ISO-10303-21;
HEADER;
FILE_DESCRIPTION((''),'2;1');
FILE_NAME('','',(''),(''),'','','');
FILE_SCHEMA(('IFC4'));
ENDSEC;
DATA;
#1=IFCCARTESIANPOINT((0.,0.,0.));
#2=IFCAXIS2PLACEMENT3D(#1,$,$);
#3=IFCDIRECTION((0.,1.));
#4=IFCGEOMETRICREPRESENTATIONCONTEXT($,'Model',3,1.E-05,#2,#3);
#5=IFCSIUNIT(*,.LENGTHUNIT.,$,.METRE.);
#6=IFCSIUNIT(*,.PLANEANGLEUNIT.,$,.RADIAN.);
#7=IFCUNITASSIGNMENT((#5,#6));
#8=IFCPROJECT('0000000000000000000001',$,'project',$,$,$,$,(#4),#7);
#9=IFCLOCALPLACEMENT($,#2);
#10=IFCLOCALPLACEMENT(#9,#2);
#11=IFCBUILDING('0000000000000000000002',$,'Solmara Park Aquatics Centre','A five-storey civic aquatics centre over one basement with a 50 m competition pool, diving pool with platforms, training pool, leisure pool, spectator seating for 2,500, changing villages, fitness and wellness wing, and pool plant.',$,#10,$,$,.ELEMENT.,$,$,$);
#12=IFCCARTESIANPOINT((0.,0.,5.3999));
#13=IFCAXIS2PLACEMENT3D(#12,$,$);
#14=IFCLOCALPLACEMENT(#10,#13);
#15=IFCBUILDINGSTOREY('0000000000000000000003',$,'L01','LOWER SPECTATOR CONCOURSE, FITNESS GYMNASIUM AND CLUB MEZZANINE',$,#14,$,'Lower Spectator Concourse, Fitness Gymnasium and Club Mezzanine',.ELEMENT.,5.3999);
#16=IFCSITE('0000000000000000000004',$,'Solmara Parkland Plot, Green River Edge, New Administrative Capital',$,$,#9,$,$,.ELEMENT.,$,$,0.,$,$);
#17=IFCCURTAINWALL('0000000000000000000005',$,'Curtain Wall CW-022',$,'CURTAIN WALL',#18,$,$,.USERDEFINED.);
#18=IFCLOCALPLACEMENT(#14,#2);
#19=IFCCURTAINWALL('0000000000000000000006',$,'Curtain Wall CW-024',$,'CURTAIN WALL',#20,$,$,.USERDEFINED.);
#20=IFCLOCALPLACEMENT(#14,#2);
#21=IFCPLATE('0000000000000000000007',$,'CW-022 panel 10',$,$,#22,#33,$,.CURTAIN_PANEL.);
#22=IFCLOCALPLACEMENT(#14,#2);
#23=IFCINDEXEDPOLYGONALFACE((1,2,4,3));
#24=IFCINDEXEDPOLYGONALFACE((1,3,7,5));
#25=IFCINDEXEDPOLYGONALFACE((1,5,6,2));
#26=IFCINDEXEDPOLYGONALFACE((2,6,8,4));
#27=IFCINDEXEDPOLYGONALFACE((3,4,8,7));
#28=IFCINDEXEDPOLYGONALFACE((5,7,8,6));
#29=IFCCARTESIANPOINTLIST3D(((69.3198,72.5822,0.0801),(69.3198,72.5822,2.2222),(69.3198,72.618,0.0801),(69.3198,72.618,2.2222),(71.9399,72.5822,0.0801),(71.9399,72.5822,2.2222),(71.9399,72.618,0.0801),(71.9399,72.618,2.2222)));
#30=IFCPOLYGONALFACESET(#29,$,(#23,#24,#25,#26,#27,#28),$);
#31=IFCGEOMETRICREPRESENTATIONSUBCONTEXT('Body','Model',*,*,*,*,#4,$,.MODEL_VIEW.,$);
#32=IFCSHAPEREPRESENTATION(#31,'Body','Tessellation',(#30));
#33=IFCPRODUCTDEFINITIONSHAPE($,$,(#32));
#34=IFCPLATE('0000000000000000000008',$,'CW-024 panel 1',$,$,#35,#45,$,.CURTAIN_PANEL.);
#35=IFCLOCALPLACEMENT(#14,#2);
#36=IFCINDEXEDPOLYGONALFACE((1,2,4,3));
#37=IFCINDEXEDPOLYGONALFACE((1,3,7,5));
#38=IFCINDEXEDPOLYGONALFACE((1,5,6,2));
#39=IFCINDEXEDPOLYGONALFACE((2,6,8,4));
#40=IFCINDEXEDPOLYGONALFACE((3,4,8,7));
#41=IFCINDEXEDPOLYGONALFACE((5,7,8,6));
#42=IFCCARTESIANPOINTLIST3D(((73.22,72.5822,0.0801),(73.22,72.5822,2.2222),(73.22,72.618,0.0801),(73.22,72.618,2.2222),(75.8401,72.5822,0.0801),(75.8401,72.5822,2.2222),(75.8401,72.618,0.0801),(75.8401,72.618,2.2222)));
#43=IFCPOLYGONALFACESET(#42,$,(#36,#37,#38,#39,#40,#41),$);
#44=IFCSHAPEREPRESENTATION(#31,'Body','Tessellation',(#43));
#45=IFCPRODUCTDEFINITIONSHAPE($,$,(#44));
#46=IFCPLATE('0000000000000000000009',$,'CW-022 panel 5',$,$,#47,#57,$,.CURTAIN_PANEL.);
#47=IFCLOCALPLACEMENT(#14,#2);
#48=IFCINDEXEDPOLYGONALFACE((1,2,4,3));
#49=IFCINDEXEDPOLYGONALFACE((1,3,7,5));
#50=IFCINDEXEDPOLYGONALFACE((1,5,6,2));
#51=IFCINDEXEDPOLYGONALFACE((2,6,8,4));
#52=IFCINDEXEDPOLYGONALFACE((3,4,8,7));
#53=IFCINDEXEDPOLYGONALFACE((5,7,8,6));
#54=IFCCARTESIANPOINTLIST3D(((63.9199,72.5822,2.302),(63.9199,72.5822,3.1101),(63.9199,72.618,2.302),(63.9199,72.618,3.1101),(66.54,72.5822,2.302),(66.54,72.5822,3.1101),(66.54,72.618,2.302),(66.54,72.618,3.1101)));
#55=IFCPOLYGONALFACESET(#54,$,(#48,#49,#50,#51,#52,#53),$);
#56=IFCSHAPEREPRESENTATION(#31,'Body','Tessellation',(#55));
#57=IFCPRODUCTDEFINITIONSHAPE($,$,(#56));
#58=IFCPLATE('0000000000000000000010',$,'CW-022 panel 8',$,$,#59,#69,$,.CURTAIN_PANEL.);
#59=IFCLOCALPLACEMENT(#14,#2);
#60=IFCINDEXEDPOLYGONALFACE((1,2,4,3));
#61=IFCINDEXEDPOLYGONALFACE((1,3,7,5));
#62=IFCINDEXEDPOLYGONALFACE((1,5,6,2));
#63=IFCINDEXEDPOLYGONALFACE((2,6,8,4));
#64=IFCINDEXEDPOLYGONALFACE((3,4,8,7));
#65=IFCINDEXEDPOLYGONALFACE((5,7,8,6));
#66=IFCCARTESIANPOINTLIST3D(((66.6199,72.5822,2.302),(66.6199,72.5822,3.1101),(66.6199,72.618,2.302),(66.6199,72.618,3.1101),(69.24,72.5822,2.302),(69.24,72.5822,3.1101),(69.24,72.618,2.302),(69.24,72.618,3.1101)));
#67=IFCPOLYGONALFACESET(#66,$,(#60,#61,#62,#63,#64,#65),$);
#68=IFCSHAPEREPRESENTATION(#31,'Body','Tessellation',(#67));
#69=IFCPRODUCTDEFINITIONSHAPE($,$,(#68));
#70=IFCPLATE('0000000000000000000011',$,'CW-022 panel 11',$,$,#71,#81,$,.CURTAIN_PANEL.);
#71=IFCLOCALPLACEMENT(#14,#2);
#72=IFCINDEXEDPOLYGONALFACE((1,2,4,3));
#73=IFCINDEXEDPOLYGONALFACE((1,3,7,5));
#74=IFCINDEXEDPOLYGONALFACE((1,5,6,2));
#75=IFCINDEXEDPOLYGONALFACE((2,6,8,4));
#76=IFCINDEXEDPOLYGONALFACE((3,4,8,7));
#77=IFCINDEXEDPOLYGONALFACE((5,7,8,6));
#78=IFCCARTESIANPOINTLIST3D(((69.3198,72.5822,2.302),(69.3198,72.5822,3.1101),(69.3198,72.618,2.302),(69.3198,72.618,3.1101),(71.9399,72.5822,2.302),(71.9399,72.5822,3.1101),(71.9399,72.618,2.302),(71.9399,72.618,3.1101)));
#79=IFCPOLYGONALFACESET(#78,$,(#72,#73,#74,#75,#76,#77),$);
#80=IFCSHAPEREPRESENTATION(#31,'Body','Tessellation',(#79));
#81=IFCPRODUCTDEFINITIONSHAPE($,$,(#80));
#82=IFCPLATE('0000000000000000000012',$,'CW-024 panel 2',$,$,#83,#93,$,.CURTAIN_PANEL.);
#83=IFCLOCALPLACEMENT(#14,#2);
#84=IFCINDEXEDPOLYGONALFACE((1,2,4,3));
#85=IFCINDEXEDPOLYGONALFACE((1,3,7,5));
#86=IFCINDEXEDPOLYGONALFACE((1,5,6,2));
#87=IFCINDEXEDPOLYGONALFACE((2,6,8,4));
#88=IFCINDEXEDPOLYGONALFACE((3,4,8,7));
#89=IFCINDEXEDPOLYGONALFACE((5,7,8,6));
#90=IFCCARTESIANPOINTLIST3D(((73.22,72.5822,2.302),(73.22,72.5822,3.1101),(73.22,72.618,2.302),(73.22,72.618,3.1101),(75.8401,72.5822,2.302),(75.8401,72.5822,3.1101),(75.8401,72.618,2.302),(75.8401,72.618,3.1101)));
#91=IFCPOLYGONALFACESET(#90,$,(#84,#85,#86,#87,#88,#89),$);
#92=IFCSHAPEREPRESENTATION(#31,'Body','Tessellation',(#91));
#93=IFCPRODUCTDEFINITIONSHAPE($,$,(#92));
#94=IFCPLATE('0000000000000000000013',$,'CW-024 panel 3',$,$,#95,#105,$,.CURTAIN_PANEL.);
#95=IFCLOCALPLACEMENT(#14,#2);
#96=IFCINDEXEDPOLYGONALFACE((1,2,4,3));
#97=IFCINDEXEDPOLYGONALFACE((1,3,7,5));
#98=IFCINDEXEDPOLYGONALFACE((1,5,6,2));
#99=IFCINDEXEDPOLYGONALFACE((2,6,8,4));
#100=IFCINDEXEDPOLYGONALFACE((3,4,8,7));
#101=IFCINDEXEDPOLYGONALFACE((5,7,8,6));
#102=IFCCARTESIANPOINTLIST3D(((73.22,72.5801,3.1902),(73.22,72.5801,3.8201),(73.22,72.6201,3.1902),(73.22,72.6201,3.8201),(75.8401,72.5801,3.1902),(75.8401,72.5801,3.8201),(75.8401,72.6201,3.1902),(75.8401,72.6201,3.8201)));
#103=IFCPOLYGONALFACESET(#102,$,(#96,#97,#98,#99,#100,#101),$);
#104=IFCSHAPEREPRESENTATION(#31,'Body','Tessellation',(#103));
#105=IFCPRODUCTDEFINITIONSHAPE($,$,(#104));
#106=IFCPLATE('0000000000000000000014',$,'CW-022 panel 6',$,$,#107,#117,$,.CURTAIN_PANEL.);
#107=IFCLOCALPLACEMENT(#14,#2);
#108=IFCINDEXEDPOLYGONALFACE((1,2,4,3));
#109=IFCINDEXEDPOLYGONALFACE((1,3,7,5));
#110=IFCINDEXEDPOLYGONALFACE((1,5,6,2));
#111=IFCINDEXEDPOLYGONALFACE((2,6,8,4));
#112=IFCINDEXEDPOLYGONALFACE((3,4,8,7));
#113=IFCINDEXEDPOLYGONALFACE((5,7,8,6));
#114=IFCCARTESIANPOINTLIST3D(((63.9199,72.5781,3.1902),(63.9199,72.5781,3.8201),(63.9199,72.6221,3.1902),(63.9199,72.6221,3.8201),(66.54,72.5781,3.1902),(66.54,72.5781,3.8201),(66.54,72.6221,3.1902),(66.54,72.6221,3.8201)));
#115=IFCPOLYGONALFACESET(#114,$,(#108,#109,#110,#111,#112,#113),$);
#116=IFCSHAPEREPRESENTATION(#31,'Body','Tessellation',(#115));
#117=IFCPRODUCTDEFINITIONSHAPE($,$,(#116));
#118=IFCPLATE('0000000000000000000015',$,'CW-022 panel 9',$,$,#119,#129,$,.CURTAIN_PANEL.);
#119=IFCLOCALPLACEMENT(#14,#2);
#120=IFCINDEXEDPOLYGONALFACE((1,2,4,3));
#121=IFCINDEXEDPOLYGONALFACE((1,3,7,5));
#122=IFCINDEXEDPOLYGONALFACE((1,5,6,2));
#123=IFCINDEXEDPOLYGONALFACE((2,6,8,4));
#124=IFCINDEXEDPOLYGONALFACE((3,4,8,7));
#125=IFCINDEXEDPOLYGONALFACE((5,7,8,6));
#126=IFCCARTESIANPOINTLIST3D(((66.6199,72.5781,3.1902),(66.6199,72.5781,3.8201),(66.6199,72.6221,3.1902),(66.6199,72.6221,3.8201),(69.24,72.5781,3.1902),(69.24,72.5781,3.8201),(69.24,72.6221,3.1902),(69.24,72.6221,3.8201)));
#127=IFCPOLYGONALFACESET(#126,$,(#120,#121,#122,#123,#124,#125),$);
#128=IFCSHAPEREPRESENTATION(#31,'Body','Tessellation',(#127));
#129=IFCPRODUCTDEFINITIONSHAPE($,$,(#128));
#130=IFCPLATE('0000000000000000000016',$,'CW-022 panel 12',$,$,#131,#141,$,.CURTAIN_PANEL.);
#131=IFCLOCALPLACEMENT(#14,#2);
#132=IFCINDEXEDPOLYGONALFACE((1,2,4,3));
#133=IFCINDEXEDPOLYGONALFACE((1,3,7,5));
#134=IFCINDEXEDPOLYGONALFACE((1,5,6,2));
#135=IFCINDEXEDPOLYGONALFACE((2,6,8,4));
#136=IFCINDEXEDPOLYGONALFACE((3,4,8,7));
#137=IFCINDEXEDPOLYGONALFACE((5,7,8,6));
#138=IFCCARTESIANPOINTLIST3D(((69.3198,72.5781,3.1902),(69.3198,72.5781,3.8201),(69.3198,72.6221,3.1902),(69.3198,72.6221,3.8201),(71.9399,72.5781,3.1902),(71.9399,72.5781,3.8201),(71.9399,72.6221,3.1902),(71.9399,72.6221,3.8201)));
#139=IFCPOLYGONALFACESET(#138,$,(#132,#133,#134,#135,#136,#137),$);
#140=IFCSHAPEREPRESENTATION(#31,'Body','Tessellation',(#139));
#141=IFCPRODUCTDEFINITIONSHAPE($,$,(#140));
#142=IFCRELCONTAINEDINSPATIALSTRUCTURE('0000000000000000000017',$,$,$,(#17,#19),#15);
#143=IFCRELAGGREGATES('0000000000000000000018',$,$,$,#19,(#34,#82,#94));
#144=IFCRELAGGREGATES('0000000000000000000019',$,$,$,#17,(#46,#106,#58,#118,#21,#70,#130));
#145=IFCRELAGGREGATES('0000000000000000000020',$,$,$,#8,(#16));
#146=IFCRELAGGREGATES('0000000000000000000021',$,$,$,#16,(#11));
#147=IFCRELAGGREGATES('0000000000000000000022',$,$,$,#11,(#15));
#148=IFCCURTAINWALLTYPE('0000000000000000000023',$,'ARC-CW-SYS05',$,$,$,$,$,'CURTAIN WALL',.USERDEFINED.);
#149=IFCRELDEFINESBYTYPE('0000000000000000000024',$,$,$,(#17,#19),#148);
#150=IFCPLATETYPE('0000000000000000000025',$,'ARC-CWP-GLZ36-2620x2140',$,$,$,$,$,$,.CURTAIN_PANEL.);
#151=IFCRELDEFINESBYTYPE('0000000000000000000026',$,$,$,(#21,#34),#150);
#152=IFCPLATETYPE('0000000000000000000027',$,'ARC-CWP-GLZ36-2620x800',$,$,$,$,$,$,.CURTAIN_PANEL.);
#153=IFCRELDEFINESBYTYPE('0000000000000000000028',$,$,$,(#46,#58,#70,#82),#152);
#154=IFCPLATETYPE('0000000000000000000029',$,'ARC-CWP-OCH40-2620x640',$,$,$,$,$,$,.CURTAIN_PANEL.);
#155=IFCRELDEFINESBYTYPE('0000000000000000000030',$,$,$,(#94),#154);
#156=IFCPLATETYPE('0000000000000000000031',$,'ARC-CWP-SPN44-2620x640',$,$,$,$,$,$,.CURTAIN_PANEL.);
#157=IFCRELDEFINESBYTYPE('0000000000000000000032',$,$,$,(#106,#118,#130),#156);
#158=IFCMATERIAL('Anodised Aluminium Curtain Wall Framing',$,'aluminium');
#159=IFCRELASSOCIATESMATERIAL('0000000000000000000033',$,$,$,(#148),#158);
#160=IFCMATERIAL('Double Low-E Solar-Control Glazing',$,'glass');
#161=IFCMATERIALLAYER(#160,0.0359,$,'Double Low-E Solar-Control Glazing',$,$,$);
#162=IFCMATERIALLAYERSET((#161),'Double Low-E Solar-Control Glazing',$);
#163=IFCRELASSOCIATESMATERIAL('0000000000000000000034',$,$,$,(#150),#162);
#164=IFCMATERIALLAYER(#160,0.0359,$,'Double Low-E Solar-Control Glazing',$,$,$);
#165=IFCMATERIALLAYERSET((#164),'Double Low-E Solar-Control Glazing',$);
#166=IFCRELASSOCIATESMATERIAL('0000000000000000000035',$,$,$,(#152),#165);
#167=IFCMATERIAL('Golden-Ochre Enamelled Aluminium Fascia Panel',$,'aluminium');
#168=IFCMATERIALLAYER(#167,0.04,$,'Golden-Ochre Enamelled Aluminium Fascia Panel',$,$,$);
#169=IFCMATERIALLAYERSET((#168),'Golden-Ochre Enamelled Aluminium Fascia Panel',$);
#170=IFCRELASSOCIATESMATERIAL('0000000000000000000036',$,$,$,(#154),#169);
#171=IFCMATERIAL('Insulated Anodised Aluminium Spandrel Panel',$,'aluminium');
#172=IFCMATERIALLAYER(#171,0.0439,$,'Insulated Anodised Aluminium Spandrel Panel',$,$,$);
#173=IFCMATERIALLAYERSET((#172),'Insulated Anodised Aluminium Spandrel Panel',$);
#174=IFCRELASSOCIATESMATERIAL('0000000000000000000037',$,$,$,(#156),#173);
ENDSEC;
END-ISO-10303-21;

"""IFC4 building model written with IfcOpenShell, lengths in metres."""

from ifc_helpers import new_model, si_unit, direction, frame, origin, origin_2d, place, context, subcontext, project, spatial, rectangle, extrude, material, layer, layer_set, type_object, element, aggregate, save


model = new_model("IFC4")

# Units and contexts
model_context = context("Model", 3, precision=1e-05, world=origin(), true_north=direction((0.0, 1.0)))
body_context = subcontext(model_context, "Body", "Model", "MODEL_VIEW")
ifc_project = project(units=[si_unit("LENGTHUNIT", "METRE"), si_unit("PLANEANGLEUNIT", "RADIAN")], contexts=[model_context])

# Site, building, storey
site_placement = place(None, origin())
site = spatial("IfcSite", under=ifc_project, at=site_placement, Name="Solmara Parkland Plot, Green River Edge, New Administrative Capital", CompositionType="ELEMENT", RefElevation=0.0)
building_placement = place(site_placement, origin())
building = spatial("IfcBuilding", under=site, at=building_placement, Name="Solmara Park Aquatics Centre", Description="A five-storey civic aquatics centre over one basement with a 50 m competition pool, diving pool with platforms, training pool, leisure pool, spectator seating for 2,500, changing villages, fitness and wellness wing, and pool plant.", CompositionType="ELEMENT")
storey_placement = place(building_placement, frame((0.0, 0.0, 5.3999)))
storey = spatial("IfcBuildingStorey", under=building, at=storey_placement, Name="L01", Description="LOWER SPECTATOR CONCOURSE, FITNESS GYMNASIUM AND CLUB MEZZANINE", LongName="Lower Spectator Concourse, Fitness Gymnasium and Club Mezzanine", CompositionType="ELEMENT", Elevation=5.3999)

# Curtain wall
ifc_material_1 = material(Name="Anodised Aluminium Curtain Wall Framing", Category="aluminium")
curtain_wall_type = type_object("IfcCurtainWallType", Name="ARC-CW-SYS05", ElementType="CURTAIN WALL", PredefinedType="USERDEFINED", material=ifc_material_1)
curtain_wall_1_placement = place(storey_placement, origin())
curtain_wall_1 = element("IfcCurtainWall", 1, at=curtain_wall_1_placement, inside=storey, type_object=curtain_wall_type, Name="Curtain Wall CW-022", ObjectType="CURTAIN WALL", PredefinedType="USERDEFINED")

# Curtain wall
curtain_wall_2_placement = place(storey_placement, origin())
curtain_wall_2 = element("IfcCurtainWall", 2, at=curtain_wall_2_placement, inside=storey, type_object=curtain_wall_type, Name="Curtain Wall CW-024", ObjectType="CURTAIN WALL", PredefinedType="USERDEFINED")

# Plates
ifc_material_2 = material(Name="Double Low-E Solar-Control Glazing", Category="glass")
ifc_layer_1 = layer(ifc_material_2, 0.0359, Name="Double Low-E Solar-Control Glazing")
ifc_layer_set_1 = layer_set([ifc_layer_1], Name="Double Low-E Solar-Control Glazing")
plate_type_1 = type_object("IfcPlateType", Name="ARC-CWP-GLZ36-2620x2140", PredefinedType="CURTAIN_PANEL", material=ifc_layer_set_1)
plate_1_placement = place(storey_placement, frame((70.6299, 72.6001, 0.0801), z_axis=(0.0, 0.0, 1.0), x_axis=(1.0, 0.0, 0.0)))
plate_1 = element("IfcPlate", 3, at=plate_1_placement, type_object=plate_type_1, Name="CW-022 panel 10", PredefinedType="CURTAIN_PANEL", context=body_context, shape_type="SweptSolid", body=[
    extrude(rectangle(XDim=2.6201, YDim=0.0359, at=origin_2d()), origin(), (0.0, 0.0, 1.0), 2.1421),
])
plate_2_placement = place(storey_placement, frame((74.53, 72.6001, 0.0801), z_axis=(0.0, 0.0, 1.0), x_axis=(1.0, 0.0, 0.0)))
plate_2 = element("IfcPlate", 4, at=plate_2_placement, type_object=plate_type_1, Name="CW-024 panel 1", PredefinedType="CURTAIN_PANEL", context=body_context, shape_type="SweptSolid", body=[
    extrude(rectangle(XDim=2.6201, YDim=0.0359, at=origin_2d()), origin(), (0.0, 0.0, 1.0), 2.1421),
])
ifc_layer_2 = layer(ifc_material_2, 0.0359, Name="Double Low-E Solar-Control Glazing")
ifc_layer_set_2 = layer_set([ifc_layer_2], Name="Double Low-E Solar-Control Glazing")
plate_type_2 = type_object("IfcPlateType", Name="ARC-CWP-GLZ36-2620x800", PredefinedType="CURTAIN_PANEL", material=ifc_layer_set_2)
plate_3_placement = place(storey_placement, frame((65.23, 72.6001, 2.302), z_axis=(0.0, 0.0, 1.0), x_axis=(1.0, 0.0, 0.0)))
plate_3 = element("IfcPlate", 5, at=plate_3_placement, type_object=plate_type_2, Name="CW-022 panel 5", PredefinedType="CURTAIN_PANEL", context=body_context, shape_type="SweptSolid", body=[
    extrude(rectangle(XDim=2.6201, YDim=0.0359, at=origin_2d()), origin(), (0.0, 0.0, 1.0), 0.8081),
])
plate_4_placement = place(storey_placement, frame((67.9299, 72.6001, 2.302), z_axis=(0.0, 0.0, 1.0), x_axis=(1.0, 0.0, 0.0)))
plate_4 = element("IfcPlate", 6, at=plate_4_placement, type_object=plate_type_2, Name="CW-022 panel 8", PredefinedType="CURTAIN_PANEL", context=body_context, shape_type="SweptSolid", body=[
    extrude(rectangle(XDim=2.6201, YDim=0.0359, at=origin_2d()), origin(), (0.0, 0.0, 1.0), 0.8081),
])
plate_5_placement = place(storey_placement, frame((70.6299, 72.6001, 2.302), z_axis=(0.0, 0.0, 1.0), x_axis=(1.0, 0.0, 0.0)))
plate_5 = element("IfcPlate", 7, at=plate_5_placement, type_object=plate_type_2, Name="CW-022 panel 11", PredefinedType="CURTAIN_PANEL", context=body_context, shape_type="SweptSolid", body=[
    extrude(rectangle(XDim=2.6201, YDim=0.0359, at=origin_2d()), origin(), (0.0, 0.0, 1.0), 0.8081),
])
plate_6_placement = place(storey_placement, frame((74.53, 72.6001, 2.302), z_axis=(0.0, 0.0, 1.0), x_axis=(1.0, 0.0, 0.0)))
plate_6 = element("IfcPlate", 8, at=plate_6_placement, type_object=plate_type_2, Name="CW-024 panel 2", PredefinedType="CURTAIN_PANEL", context=body_context, shape_type="SweptSolid", body=[
    extrude(rectangle(XDim=2.6201, YDim=0.0359, at=origin_2d()), origin(), (0.0, 0.0, 1.0), 0.8081),
])
ifc_material_3 = material(Name="Golden-Ochre Enamelled Aluminium Fascia Panel", Category="aluminium")
ifc_layer_3 = layer(ifc_material_3, 0.04, Name="Golden-Ochre Enamelled Aluminium Fascia Panel")
ifc_layer_set_3 = layer_set([ifc_layer_3], Name="Golden-Ochre Enamelled Aluminium Fascia Panel")
plate_type_3 = type_object("IfcPlateType", Name="ARC-CWP-OCH40-2620x640", PredefinedType="CURTAIN_PANEL", material=ifc_layer_set_3)
plate_7_placement = place(storey_placement, frame((74.53, 72.6001, 3.1902), z_axis=(0.0, 0.0, 1.0), x_axis=(1.0, 0.0, 0.0)))
plate_7 = element("IfcPlate", 9, at=plate_7_placement, type_object=plate_type_3, Name="CW-024 panel 3", PredefinedType="CURTAIN_PANEL", context=body_context, shape_type="SweptSolid", body=[
    extrude(rectangle(XDim=2.6201, YDim=0.04, at=origin_2d()), origin(), (0.0, 0.0, 1.0), 0.6299),
])
aggregate(curtain_wall_2, [plate_2, plate_6, plate_7])
ifc_material_4 = material(Name="Insulated Anodised Aluminium Spandrel Panel", Category="aluminium")
ifc_layer_4 = layer(ifc_material_4, 0.0439, Name="Insulated Anodised Aluminium Spandrel Panel")
ifc_layer_set_4 = layer_set([ifc_layer_4], Name="Insulated Anodised Aluminium Spandrel Panel")
plate_type_4 = type_object("IfcPlateType", Name="ARC-CWP-SPN44-2620x640", PredefinedType="CURTAIN_PANEL", material=ifc_layer_set_4)
plate_8_placement = place(storey_placement, frame((65.23, 72.6001, 3.1902), z_axis=(0.0, 0.0, 1.0), x_axis=(1.0, 0.0, 0.0)))
plate_8 = element("IfcPlate", 10, at=plate_8_placement, type_object=plate_type_4, Name="CW-022 panel 6", PredefinedType="CURTAIN_PANEL", context=body_context, shape_type="SweptSolid", body=[
    extrude(rectangle(XDim=2.6201, YDim=0.0439, at=origin_2d()), origin(), (0.0, 0.0, 1.0), 0.6299),
])
plate_9_placement = place(storey_placement, frame((67.9299, 72.6001, 3.1902), z_axis=(0.0, 0.0, 1.0), x_axis=(1.0, 0.0, 0.0)))
plate_9 = element("IfcPlate", 11, at=plate_9_placement, type_object=plate_type_4, Name="CW-022 panel 9", PredefinedType="CURTAIN_PANEL", context=body_context, shape_type="SweptSolid", body=[
    extrude(rectangle(XDim=2.6201, YDim=0.0439, at=origin_2d()), origin(), (0.0, 0.0, 1.0), 0.6299),
])
plate_10_placement = place(storey_placement, frame((70.6299, 72.6001, 3.1902), z_axis=(0.0, 0.0, 1.0), x_axis=(1.0, 0.0, 0.0)))
plate_10 = element("IfcPlate", 12, at=plate_10_placement, type_object=plate_type_4, Name="CW-022 panel 12", PredefinedType="CURTAIN_PANEL", context=body_context, shape_type="SweptSolid", body=[
    extrude(rectangle(XDim=2.6201, YDim=0.0439, at=origin_2d()), origin(), (0.0, 0.0, 1.0), 0.6299),
])
aggregate(curtain_wall_1, [plate_3, plate_8, plate_4, plate_9, plate_1, plate_5, plate_10])

save(model, "model.ifc")
